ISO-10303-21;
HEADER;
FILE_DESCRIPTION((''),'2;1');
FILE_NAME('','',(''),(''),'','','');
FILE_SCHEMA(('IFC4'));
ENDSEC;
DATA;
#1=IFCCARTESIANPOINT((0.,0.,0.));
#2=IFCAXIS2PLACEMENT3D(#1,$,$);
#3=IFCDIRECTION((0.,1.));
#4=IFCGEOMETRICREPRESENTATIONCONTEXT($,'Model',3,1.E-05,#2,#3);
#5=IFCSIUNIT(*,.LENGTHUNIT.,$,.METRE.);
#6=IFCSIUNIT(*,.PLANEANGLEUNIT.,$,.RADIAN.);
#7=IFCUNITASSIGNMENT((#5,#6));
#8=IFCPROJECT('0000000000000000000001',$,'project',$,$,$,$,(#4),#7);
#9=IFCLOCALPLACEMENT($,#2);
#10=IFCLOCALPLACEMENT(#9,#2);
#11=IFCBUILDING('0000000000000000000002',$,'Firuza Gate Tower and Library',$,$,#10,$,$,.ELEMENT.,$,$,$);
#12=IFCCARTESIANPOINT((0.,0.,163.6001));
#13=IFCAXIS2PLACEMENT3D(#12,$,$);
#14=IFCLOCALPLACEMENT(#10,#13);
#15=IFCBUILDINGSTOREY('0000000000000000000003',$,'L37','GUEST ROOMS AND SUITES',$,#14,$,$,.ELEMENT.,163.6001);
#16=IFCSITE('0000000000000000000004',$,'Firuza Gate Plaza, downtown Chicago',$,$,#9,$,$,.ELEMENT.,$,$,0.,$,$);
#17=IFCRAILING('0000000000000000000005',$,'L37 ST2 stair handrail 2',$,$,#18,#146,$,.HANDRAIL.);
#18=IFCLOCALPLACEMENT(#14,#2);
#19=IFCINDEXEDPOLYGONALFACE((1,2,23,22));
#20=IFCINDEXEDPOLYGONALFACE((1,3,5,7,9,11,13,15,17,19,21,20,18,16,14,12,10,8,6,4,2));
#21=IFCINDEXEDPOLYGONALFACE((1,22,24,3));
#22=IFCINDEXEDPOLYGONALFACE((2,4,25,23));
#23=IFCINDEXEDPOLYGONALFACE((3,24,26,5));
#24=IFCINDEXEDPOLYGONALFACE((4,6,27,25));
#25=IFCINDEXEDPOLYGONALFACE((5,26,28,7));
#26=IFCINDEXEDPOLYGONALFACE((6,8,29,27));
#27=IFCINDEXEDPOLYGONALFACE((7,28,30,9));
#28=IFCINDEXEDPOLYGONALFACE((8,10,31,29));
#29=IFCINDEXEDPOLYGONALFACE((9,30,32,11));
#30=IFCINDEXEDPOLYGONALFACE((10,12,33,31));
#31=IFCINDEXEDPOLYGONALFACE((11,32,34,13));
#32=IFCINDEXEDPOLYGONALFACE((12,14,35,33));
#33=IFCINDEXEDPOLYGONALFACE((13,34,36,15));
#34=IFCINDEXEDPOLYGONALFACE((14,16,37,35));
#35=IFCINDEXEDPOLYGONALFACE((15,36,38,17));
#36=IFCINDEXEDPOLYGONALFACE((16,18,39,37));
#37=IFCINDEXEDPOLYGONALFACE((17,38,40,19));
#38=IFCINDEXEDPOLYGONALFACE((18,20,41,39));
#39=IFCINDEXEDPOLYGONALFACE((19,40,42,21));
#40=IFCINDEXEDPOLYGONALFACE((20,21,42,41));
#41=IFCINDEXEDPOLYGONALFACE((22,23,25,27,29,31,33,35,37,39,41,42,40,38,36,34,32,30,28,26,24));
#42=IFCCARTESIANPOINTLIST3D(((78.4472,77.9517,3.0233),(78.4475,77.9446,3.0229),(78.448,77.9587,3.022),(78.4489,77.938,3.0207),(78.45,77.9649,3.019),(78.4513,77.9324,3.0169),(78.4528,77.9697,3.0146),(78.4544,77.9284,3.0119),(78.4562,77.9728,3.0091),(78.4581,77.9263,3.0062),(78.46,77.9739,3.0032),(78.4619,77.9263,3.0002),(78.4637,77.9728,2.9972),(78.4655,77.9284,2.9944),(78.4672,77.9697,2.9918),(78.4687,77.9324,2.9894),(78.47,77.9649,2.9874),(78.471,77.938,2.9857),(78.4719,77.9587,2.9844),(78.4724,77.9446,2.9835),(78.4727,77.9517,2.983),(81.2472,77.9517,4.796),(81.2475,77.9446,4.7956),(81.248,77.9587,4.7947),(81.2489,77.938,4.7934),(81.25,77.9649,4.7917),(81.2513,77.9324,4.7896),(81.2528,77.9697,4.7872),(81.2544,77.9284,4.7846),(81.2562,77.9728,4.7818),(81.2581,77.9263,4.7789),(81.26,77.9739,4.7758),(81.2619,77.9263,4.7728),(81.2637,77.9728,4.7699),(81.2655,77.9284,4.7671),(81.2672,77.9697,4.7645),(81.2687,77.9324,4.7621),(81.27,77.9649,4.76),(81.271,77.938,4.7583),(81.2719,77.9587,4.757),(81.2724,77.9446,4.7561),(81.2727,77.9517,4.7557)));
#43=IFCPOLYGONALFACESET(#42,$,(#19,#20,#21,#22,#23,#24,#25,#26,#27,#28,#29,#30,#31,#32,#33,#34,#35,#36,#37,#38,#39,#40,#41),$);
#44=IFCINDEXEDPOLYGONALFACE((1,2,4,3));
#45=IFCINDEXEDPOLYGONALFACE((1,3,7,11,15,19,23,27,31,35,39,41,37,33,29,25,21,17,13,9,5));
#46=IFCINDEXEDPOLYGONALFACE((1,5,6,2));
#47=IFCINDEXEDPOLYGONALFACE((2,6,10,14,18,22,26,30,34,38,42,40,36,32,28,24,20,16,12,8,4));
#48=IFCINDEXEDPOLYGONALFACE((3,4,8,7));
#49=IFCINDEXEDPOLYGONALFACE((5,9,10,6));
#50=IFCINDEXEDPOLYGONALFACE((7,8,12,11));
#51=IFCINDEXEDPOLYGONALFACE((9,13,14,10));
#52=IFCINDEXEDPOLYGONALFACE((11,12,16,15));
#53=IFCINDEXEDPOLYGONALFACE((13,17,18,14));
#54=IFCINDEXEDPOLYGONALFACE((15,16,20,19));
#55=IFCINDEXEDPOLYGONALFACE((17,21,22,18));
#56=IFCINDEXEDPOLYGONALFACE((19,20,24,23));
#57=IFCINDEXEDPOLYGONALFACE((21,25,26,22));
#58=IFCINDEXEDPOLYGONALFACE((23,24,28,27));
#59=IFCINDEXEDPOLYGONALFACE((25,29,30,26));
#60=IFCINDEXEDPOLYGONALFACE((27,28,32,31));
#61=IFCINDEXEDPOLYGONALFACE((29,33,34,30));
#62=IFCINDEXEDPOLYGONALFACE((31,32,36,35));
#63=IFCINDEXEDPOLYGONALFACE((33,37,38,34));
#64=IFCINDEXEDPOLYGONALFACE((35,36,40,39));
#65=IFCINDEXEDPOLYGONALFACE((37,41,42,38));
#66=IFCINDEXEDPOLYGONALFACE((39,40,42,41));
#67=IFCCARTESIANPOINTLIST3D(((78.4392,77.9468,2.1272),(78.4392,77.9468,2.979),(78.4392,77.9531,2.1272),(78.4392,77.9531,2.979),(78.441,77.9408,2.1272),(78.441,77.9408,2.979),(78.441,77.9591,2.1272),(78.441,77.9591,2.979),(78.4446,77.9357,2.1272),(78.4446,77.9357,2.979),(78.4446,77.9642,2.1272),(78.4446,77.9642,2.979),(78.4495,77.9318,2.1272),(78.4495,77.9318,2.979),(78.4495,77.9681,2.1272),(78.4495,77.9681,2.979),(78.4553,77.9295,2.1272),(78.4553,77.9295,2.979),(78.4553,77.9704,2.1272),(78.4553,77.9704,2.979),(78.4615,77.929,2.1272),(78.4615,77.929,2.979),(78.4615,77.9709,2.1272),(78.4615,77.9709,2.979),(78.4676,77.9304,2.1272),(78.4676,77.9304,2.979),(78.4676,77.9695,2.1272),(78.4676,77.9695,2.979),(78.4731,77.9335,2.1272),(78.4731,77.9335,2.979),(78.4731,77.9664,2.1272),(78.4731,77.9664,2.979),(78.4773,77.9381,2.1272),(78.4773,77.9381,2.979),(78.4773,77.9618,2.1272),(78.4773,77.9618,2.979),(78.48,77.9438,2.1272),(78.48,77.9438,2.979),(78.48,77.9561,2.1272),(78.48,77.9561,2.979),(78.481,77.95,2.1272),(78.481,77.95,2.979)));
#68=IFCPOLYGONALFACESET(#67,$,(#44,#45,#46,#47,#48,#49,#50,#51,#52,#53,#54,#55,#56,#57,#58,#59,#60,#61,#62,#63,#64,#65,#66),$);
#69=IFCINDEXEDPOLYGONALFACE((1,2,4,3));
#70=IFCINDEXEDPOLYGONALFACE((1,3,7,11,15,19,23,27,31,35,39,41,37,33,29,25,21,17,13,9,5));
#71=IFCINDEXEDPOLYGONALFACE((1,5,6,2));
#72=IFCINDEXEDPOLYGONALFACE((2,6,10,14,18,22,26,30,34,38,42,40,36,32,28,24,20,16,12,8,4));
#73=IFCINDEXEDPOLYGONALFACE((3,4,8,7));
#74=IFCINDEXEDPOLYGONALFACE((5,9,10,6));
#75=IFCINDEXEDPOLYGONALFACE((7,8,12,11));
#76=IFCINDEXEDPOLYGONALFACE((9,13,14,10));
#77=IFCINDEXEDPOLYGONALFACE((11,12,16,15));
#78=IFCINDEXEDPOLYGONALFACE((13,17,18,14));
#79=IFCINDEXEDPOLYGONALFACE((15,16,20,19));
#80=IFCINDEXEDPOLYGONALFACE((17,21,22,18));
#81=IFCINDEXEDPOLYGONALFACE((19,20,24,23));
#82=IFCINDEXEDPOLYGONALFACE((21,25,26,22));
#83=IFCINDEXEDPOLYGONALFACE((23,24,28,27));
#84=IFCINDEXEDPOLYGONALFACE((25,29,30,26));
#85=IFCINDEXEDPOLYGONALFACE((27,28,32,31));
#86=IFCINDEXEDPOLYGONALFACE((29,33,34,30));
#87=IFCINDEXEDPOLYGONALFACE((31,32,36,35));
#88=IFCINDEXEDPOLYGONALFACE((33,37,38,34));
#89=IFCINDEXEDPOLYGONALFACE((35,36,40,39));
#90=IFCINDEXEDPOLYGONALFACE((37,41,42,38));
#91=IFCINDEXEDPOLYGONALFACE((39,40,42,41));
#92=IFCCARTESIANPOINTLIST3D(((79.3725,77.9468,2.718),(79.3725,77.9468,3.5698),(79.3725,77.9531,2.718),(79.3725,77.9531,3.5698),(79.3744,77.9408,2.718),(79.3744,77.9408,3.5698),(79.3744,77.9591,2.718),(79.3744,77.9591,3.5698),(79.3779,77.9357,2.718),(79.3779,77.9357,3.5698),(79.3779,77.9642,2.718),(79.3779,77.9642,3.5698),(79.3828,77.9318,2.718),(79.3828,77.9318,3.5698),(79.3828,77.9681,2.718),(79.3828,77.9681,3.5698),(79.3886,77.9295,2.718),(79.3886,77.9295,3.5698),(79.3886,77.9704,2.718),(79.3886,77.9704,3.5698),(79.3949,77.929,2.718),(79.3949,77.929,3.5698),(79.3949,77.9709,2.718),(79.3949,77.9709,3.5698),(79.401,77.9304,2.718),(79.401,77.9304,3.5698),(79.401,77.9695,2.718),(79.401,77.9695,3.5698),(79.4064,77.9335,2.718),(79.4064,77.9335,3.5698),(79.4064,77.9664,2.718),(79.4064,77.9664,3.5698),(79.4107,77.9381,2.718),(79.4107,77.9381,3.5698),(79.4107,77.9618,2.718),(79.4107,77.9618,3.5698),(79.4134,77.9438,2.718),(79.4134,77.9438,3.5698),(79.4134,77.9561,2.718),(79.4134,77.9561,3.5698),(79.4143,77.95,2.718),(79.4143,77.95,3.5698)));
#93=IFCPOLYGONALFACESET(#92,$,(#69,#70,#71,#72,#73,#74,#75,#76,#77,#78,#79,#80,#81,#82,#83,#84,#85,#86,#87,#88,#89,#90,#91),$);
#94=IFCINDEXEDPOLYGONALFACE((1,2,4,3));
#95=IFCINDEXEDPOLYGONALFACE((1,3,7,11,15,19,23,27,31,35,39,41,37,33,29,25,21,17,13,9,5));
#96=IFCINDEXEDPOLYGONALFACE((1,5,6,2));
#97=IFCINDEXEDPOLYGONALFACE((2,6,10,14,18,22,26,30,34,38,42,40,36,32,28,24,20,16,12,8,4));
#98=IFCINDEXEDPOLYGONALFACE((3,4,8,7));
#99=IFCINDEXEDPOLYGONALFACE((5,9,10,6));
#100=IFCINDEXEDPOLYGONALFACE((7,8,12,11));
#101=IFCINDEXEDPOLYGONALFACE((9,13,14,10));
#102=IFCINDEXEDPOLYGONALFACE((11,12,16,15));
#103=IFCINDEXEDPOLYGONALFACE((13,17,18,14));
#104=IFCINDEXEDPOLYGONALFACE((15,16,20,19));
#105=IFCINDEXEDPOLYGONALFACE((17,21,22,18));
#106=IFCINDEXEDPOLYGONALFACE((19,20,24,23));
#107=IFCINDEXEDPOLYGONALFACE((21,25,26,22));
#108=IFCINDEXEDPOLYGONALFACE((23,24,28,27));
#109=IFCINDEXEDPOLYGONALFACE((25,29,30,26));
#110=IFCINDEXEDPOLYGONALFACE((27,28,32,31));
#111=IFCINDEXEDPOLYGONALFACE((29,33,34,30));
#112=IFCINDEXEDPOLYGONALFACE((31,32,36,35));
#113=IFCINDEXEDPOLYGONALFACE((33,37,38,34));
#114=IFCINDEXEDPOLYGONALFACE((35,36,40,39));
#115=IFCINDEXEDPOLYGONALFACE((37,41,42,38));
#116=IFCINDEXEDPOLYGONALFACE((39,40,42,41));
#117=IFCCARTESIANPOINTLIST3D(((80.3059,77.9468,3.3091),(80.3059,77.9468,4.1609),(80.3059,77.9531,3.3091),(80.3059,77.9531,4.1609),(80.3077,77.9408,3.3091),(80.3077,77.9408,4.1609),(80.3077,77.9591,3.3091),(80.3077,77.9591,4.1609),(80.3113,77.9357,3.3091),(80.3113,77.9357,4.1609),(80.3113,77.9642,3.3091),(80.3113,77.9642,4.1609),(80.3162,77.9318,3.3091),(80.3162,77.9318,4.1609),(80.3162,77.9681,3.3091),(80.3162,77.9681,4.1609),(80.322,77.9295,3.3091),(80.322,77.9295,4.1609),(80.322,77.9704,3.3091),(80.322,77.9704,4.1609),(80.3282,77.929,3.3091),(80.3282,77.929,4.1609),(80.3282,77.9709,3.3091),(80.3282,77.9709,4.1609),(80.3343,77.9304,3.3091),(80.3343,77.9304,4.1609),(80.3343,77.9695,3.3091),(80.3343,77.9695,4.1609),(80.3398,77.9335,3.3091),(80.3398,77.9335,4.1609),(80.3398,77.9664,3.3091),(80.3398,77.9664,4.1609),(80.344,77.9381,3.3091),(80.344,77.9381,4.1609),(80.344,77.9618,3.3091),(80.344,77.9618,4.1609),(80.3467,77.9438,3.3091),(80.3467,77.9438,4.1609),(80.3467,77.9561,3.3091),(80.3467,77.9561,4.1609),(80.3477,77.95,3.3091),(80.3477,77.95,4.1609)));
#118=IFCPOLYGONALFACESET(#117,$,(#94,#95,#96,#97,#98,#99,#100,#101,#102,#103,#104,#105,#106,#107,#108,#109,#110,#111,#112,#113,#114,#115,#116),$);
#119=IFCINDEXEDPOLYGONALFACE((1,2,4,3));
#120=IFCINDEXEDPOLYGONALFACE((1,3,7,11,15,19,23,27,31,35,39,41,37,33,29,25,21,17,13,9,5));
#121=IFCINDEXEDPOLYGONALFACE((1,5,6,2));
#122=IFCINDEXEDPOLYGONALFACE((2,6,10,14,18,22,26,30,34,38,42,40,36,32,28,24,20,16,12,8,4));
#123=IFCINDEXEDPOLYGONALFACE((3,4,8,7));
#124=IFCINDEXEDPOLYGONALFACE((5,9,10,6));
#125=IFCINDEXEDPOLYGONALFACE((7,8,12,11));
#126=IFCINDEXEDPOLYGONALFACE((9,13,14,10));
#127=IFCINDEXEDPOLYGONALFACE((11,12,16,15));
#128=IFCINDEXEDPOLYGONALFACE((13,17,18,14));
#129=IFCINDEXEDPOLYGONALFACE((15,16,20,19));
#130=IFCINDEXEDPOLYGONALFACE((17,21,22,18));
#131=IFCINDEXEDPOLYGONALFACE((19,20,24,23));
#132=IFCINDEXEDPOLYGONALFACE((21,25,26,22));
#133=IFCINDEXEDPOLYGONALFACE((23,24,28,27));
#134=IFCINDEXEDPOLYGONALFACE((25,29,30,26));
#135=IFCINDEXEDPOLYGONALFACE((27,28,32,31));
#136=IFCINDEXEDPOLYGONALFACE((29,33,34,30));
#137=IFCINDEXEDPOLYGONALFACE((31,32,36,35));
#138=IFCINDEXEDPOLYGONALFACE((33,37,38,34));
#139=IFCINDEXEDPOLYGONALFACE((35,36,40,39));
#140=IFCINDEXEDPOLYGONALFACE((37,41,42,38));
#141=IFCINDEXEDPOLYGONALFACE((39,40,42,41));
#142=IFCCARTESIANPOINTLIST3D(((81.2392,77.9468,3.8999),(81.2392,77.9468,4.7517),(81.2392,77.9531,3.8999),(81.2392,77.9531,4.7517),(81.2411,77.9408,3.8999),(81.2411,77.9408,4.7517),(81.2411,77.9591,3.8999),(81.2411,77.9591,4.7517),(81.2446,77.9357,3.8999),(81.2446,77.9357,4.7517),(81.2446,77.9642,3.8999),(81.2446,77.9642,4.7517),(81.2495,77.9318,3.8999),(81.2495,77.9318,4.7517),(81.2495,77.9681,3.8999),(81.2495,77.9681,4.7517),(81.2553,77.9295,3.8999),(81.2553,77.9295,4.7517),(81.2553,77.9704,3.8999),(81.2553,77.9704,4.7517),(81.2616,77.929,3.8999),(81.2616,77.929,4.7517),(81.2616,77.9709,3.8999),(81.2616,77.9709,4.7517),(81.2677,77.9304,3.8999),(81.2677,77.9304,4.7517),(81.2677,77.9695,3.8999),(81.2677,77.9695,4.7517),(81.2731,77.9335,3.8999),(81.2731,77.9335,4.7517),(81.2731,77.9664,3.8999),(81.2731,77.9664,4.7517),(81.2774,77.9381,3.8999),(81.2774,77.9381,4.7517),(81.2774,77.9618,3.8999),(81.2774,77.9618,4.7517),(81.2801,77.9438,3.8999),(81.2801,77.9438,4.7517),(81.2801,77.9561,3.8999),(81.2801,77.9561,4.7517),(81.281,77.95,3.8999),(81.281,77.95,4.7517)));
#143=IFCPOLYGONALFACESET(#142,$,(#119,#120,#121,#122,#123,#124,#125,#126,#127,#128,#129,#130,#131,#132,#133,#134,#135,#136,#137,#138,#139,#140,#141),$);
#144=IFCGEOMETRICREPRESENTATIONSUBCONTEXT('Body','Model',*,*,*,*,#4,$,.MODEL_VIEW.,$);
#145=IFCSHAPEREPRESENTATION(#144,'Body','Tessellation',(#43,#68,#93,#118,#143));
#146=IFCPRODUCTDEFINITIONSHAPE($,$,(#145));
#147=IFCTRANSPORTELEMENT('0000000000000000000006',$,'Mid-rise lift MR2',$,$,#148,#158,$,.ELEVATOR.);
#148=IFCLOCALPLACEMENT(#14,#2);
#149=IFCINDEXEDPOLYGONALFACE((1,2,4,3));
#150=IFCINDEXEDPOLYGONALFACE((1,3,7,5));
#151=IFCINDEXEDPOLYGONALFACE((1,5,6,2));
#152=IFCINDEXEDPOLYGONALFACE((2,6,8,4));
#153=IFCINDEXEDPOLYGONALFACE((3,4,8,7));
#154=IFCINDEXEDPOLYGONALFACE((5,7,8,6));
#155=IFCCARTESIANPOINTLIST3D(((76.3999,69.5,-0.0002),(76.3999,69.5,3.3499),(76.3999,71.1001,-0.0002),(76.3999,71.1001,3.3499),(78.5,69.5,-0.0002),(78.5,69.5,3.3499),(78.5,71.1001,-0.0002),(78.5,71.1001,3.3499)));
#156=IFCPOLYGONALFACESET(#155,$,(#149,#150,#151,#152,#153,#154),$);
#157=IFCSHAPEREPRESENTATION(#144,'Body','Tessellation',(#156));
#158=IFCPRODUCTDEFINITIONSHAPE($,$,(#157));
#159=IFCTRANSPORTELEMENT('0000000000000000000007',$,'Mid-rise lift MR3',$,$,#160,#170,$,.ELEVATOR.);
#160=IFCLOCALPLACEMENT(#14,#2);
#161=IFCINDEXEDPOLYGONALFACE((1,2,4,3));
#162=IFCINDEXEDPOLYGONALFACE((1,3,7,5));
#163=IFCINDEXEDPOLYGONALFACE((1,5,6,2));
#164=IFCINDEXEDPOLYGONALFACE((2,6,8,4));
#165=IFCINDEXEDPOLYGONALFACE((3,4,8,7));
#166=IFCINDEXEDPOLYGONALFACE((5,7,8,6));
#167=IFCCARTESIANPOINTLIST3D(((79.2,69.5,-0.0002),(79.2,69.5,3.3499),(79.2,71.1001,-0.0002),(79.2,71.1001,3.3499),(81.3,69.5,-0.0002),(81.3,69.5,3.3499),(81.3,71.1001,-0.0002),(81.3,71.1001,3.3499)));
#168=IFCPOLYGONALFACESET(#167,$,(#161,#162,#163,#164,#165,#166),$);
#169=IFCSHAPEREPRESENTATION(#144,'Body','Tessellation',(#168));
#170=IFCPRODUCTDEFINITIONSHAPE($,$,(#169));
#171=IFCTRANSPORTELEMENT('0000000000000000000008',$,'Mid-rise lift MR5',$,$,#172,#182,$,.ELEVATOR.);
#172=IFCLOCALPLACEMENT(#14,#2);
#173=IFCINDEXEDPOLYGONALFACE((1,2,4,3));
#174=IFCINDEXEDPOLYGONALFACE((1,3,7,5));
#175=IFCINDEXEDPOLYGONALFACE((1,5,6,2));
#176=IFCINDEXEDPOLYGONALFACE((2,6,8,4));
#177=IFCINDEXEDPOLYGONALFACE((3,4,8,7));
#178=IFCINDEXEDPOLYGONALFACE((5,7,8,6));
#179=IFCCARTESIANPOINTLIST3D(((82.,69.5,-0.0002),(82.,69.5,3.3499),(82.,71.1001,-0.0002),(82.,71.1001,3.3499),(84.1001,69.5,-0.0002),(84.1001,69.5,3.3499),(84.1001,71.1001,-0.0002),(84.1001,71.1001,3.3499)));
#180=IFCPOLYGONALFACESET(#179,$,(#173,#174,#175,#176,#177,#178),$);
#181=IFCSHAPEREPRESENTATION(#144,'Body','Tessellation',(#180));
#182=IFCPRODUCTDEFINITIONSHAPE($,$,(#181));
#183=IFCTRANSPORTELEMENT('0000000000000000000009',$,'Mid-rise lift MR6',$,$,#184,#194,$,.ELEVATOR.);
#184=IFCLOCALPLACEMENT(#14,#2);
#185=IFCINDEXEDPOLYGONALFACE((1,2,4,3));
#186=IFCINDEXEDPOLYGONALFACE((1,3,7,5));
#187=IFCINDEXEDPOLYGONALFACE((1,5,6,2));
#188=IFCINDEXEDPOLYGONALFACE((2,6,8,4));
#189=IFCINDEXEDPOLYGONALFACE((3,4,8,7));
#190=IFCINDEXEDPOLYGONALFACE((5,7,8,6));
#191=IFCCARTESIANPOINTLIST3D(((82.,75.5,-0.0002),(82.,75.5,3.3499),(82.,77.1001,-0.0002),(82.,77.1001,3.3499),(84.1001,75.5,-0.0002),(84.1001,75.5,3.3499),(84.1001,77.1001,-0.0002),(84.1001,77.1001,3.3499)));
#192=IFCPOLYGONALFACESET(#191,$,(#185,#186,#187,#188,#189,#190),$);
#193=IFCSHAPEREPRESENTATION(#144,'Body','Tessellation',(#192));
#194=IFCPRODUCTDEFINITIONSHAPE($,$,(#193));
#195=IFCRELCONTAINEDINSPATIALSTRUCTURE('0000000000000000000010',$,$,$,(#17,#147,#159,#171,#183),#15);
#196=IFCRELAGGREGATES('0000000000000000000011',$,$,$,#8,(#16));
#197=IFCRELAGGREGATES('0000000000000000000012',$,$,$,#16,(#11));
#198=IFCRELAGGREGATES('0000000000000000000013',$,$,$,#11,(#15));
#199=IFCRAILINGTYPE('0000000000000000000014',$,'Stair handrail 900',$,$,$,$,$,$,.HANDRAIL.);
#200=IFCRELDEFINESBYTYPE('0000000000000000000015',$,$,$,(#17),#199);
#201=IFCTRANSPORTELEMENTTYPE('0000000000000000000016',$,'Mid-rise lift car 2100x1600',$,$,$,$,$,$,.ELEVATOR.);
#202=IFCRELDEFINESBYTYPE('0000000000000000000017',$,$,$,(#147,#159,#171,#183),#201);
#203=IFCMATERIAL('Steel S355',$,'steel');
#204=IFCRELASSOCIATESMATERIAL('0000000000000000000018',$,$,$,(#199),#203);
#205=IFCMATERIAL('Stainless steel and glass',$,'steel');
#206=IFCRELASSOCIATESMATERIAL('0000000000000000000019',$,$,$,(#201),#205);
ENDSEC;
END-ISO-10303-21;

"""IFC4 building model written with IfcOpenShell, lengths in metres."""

from ifc_helpers import new_model, si_unit, direction, frame, origin, origin_2d, place, context, subcontext, project, spatial, rectangle, circle, extrude, material, type_object, element, save


model = new_model("IFC4")

# Units and contexts
model_context = context("Model", 3, precision=1e-05, world=origin(), true_north=direction((0.0, 1.0)))
body_context = subcontext(model_context, "Body", "Model", "MODEL_VIEW")
ifc_project = project(units=[si_unit("LENGTHUNIT", "METRE"), si_unit("PLANEANGLEUNIT", "RADIAN")], contexts=[model_context])

# Site, building, storey
site_placement = place(None, origin())
site = spatial("IfcSite", under=ifc_project, at=site_placement, Name="Firuza Gate Plaza, downtown Chicago", CompositionType="ELEMENT", RefElevation=0.0)
building_placement = place(site_placement, origin())
building = spatial("IfcBuilding", under=site, at=building_placement, Name="Firuza Gate Tower and Library", CompositionType="ELEMENT")
storey_placement = place(building_placement, frame((0.0, 0.0, 163.6001)))
storey = spatial("IfcBuildingStorey", under=building, at=storey_placement, Name="L37", Description="GUEST ROOMS AND SUITES", CompositionType="ELEMENT", Elevation=163.6001)

# Railing
ifc_material_1 = material(Name="Steel S355", Category="steel")
railing_type = type_object("IfcRailingType", Name="Stair handrail 900", PredefinedType="HANDRAIL", material=ifc_material_1)
railing_placement = place(storey_placement, frame((78.46, 77.95, 2.1272)))
element("IfcRailing", 1, at=railing_placement, inside=storey, type_object=railing_type, Name="L37 ST2 stair handrail 2", PredefinedType="HANDRAIL", context=body_context, shape_type="SweptSolid", body=[
    extrude(circle(Radius=0.0239, at=origin_2d()), frame((0.0, 0.0, 0.876), z_axis=(0.844909, 0.0, 0.53491), x_axis=(0.0, 1.0, 0.0)), (0.0, 0.0, 1.0), 3.314),
    extrude(circle(Radius=0.021, at=origin_2d()), origin(), (0.0, 0.0, 1.0), 0.8518),
    extrude(circle(Radius=0.021, at=origin_2d()), frame((0.9333, 0.0, 0.5908)), (0.0, 0.0, 1.0), 0.8518),
    extrude(circle(Radius=0.021, at=origin_2d()), frame((1.8667, 0.0, 1.1819)), (0.0, 0.0, 1.0), 0.8518),
    extrude(circle(Radius=0.021, at=origin_2d()), frame((2.8, 0.0, 1.7727)), (0.0, 0.0, 1.0), 0.8518),
])

# Transport elements
ifc_material_2 = material(Name="Stainless steel and glass", Category="steel")
transport_element_type = type_object("IfcTransportElementType", Name="Mid-rise lift car 2100x1600", PredefinedType="ELEVATOR", material=ifc_material_2)
for number, where, z_axis, x_axis, name in (
    (2, (77.45, 70.3, -0.0002), (0.0, 0.0, 1.0), (1.0, 0.0, 0.0), "Mid-rise lift MR2"),
    (3, (80.25, 70.3, -0.0002), (0.0, 0.0, 1.0), (1.0, 0.0, 0.0), "Mid-rise lift MR3"),
    (4, (83.05, 70.3, -0.0002), (0.0, 0.0, 1.0), (1.0, 0.0, 0.0), "Mid-rise lift MR5"),
    (5, (83.05, 76.3, -0.0002), (0.0, 0.0, 1.0), (1.0, 0.0, 0.0), "Mid-rise lift MR6"),
):
    element("IfcTransportElement", number, at=place(storey_placement, frame(where, z_axis=z_axis, x_axis=x_axis)), inside=storey, type_object=transport_element_type, Name=name, PredefinedType="ELEVATOR", context=body_context, shape_type="SweptSolid", body=[
        extrude(rectangle(XDim=2.1001, YDim=1.6001, at=origin_2d()), origin(), (0.0, 0.0, 1.0), 3.3501),
    ])

save(model, "model.ifc")
